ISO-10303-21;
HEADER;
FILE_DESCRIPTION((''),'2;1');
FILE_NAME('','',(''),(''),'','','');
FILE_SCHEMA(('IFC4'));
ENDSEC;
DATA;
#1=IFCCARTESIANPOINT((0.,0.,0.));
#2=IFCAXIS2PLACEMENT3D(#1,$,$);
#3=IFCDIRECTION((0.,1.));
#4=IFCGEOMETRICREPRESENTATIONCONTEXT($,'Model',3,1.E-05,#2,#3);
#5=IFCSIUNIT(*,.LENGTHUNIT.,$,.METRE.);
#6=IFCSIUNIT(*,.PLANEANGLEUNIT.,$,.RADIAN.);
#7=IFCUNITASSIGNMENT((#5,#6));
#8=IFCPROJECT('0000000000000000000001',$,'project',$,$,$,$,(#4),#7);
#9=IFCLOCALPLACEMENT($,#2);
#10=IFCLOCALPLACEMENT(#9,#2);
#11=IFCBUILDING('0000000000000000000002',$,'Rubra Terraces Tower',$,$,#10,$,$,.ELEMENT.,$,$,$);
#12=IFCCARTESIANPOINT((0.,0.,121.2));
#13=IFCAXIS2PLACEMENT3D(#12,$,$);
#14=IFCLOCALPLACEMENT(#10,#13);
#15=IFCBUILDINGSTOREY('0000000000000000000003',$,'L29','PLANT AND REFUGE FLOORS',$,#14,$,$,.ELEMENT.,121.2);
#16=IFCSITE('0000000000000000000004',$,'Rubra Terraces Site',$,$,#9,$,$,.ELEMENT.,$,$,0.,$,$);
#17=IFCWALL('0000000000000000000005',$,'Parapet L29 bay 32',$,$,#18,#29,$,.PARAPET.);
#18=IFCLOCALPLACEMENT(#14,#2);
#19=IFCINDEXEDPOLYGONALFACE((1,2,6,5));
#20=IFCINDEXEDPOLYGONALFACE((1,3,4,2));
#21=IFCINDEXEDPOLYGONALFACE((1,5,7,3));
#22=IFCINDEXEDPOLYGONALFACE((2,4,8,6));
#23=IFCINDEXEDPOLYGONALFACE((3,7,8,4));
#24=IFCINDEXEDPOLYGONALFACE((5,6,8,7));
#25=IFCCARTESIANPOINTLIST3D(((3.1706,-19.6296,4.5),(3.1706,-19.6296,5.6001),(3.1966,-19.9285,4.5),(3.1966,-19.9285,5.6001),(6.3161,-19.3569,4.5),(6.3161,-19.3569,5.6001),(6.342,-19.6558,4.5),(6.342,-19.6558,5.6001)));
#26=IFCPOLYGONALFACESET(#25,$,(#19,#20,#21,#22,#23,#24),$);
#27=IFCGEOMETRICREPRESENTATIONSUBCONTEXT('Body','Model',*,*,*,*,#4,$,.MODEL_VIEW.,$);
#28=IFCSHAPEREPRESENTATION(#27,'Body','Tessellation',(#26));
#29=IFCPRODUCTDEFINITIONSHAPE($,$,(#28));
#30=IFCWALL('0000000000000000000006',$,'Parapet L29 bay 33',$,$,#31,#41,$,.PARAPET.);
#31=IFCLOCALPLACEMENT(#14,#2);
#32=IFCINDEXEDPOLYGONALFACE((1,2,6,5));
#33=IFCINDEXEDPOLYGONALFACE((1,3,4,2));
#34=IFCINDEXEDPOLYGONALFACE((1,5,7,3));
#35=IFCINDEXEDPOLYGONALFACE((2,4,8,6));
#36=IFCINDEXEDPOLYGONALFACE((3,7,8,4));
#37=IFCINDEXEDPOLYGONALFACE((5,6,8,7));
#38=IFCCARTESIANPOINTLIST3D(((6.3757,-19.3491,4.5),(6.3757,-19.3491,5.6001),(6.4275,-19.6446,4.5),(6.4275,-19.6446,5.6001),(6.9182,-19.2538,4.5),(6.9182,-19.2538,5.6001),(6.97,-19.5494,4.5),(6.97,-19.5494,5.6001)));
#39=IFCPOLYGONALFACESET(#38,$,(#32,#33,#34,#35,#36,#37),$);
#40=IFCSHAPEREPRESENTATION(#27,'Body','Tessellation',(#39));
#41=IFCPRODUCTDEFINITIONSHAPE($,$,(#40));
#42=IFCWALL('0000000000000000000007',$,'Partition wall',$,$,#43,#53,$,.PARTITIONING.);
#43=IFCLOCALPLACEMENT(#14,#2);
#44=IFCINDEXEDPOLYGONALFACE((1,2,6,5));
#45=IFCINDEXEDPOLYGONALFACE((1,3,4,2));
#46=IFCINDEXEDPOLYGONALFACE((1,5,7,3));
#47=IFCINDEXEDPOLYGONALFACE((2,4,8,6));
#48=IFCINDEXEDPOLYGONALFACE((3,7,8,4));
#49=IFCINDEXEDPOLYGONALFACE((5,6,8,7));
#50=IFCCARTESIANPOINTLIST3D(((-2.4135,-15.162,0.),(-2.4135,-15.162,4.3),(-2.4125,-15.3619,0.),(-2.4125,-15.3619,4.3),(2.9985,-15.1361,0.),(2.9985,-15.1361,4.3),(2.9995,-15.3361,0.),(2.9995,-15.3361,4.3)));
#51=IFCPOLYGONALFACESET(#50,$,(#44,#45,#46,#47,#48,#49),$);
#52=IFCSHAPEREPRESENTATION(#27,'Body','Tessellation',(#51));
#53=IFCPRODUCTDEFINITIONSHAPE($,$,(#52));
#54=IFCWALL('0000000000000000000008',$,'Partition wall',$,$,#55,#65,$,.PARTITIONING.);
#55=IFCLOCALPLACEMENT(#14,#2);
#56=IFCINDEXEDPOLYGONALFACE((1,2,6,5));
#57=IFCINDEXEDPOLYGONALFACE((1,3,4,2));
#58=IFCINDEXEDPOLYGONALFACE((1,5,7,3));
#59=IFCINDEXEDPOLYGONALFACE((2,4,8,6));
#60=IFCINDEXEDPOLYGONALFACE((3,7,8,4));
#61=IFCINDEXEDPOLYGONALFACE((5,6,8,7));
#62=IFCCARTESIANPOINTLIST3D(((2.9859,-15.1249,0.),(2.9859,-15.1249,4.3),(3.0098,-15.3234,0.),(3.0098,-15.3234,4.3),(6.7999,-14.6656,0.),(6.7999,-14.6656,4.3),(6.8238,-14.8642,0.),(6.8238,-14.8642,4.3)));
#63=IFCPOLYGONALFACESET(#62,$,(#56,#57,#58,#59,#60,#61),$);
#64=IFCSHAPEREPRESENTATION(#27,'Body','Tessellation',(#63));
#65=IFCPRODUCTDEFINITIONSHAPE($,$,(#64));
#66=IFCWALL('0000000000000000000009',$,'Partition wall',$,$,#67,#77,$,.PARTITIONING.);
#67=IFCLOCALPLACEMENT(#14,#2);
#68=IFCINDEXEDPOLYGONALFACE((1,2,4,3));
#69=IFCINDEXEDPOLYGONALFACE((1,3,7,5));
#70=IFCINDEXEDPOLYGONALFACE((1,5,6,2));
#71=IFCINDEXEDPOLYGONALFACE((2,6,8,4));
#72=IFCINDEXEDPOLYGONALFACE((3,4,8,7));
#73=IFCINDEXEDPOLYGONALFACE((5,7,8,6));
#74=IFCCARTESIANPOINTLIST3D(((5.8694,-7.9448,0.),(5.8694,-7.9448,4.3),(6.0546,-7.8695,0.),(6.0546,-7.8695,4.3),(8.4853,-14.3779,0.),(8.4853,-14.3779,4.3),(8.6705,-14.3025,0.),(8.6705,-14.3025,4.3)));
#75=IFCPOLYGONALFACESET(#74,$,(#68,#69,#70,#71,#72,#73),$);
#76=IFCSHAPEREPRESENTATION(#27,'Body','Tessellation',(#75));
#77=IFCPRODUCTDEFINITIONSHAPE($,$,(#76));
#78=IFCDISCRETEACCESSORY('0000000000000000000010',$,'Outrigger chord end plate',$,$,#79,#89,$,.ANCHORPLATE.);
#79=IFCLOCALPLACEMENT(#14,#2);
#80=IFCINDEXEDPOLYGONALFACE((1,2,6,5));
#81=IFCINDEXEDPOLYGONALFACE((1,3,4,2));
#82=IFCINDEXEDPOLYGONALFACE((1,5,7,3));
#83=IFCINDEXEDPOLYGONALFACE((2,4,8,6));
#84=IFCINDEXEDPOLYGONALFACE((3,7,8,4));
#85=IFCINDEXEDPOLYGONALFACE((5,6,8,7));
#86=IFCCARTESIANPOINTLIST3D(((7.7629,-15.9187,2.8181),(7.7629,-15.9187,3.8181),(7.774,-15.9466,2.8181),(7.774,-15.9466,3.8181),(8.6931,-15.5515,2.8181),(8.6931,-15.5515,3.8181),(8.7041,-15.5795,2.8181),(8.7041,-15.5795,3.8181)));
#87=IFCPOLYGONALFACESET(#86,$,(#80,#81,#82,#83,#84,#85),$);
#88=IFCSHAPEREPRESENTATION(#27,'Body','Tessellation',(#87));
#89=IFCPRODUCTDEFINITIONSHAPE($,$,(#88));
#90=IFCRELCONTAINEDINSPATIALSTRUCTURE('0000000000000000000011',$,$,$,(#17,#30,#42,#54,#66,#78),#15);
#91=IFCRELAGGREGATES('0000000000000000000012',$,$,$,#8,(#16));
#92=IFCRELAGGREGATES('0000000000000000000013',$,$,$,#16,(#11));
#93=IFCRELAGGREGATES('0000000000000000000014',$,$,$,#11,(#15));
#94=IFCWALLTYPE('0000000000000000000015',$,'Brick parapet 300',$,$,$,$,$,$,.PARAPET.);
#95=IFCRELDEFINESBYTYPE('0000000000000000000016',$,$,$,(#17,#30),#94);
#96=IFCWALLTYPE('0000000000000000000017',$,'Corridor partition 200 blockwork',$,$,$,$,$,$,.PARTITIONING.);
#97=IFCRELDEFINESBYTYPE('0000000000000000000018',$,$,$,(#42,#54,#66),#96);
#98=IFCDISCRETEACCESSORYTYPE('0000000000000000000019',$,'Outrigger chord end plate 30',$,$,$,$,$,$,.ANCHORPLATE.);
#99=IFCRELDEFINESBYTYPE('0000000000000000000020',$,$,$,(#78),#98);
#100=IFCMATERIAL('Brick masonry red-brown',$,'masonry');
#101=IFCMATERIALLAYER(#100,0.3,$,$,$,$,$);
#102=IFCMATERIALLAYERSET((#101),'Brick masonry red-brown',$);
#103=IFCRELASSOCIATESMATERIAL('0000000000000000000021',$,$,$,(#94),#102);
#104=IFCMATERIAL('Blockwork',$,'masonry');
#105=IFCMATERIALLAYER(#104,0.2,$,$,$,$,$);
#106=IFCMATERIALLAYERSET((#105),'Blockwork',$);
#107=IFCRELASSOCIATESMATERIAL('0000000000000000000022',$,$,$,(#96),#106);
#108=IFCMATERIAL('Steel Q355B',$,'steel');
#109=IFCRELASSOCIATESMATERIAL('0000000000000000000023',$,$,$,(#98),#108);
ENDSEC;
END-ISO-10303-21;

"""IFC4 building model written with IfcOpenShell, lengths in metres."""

from ifc_helpers import new_model, si_unit, direction, frame, frame_2d, origin, origin_2d, place, context, subcontext, project, spatial, rectangle, extrude, material, layer, layer_set, material_profile, profile_set, type_object, element, save


model = new_model("IFC4")

# Units and contexts
model_context = context("Model", 3, precision=1e-05, world=origin(), true_north=direction((0.0, 1.0)))
body_context = subcontext(model_context, "Body", "Model", "MODEL_VIEW")
ifc_project = project(units=[si_unit("LENGTHUNIT", "METRE"), si_unit("PLANEANGLEUNIT", "RADIAN")], contexts=[model_context])

# Site, building, storey
site_placement = place(None, origin())
site = spatial("IfcSite", under=ifc_project, at=site_placement, Name="Rubra Terraces Site", CompositionType="ELEMENT", RefElevation=0.0)
building_placement = place(site_placement, origin())
building = spatial("IfcBuilding", under=site, at=building_placement, Name="Rubra Terraces Tower", CompositionType="ELEMENT")
storey_placement = place(building_placement, frame((0.0, 0.0, 121.2)))
storey = spatial("IfcBuildingStorey", under=building, at=storey_placement, Name="L29", Description="PLANT AND REFUGE FLOORS", CompositionType="ELEMENT", Elevation=121.2)

# Shared definitions
ifc_material_1 = material(Name="Steel Q355B", Category="steel")

# Shared definitions
ifc_material_2 = material(Name="Brick masonry red-brown", Category="masonry")

# Walls
ifc_layer_1 = layer(ifc_material_2, 0.3)
ifc_layer_set_1 = layer_set([ifc_layer_1], Name="Brick masonry red-brown")
wall_type_1 = type_object("IfcWallType", Name="Brick parapet 300", PredefinedType="PARAPET", material=ifc_layer_set_1)
wall_1_placement = place(storey_placement, frame((3.1836, -19.7791, 4.5), z_axis=(0.0, 0.0, 1.0), x_axis=(0.996263, 0.086373, 0.0)))
element("IfcWall", 1, at=wall_1_placement, inside=storey, type_object=wall_type_1, Name="Parapet L29 bay 32", PredefinedType="PARAPET", context=body_context, shape_type="SweptSolid", body=[
    extrude(rectangle(XDim=3.1572, YDim=0.3, at=frame_2d((1.5786, 0.0))), origin(), (0.0, 0.0, 1.0), 1.1001),
])
wall_2_placement = place(storey_placement, frame((6.4016, -19.4968, 4.5), z_axis=(0.0, 0.0, 1.0), x_axis=(0.984944, 0.172875, 0.0)))
element("IfcWall", 2, at=wall_2_placement, inside=storey, type_object=wall_type_1, Name="Parapet L29 bay 33", PredefinedType="PARAPET", context=body_context, shape_type="SweptSolid", body=[
    extrude(rectangle(XDim=0.5508, YDim=0.3, at=frame_2d((0.2754, 0.0))), origin(), (0.0, 0.0, 1.0), 1.1001),
])
ifc_material_3 = material(Name="Blockwork", Category="masonry")
ifc_layer_2 = layer(ifc_material_3, 0.2)
ifc_layer_set_2 = layer_set([ifc_layer_2], Name="Blockwork")
wall_type_2 = type_object("IfcWallType", Name="Corridor partition 200 blockwork", PredefinedType="PARTITIONING", material=ifc_layer_set_2)
wall_3_placement = place(storey_placement, frame((2.999, -15.2361, 0.0), z_axis=(0.0, 0.0, 1.0), x_axis=(-0.999989, -0.004782, 0.0)))
element("IfcWall", 3, at=wall_3_placement, inside=storey, type_object=wall_type_2, Name="Partition wall", PredefinedType="PARTITIONING", context=body_context, shape_type="SweptSolid", body=[
    extrude(rectangle(XDim=5.4121, YDim=0.2, at=frame_2d((2.7061, 0.0))), origin(), (0.0, 0.0, 1.0), 4.3),
])
wall_4_placement = place(storey_placement, frame((6.812, -14.7649, 0.0), z_axis=(0.0, 0.0, 1.0), x_axis=(-0.992829, -0.119544, 0.0)))
element("IfcWall", 4, at=wall_4_placement, inside=storey, type_object=wall_type_2, Name="Partition wall", PredefinedType="PARTITIONING", context=body_context, shape_type="SweptSolid", body=[
    extrude(rectangle(XDim=3.8416, YDim=0.2, at=frame_2d((1.9209, 0.0))), origin(), (0.0, 0.0, 1.0), 4.3),
])
wall_5_placement = place(storey_placement, frame((8.5779, -14.3401, 0.0), z_axis=(0.0, 0.0, 1.0), x_axis=(-0.376688, 0.92634, 0.0)))
element("IfcWall", 5, at=wall_5_placement, inside=storey, type_object=wall_type_2, Name="Partition wall", PredefinedType="PARTITIONING", context=body_context, shape_type="SweptSolid", body=[
    extrude(rectangle(XDim=6.9446, YDim=0.2, at=frame_2d((3.4722, 0.0))), origin(), (0.0, 0.0, 1.0), 4.3),
])

# Discrete accessory
ifc_material_profile_1 = material_profile(ifc_material_1, rectangle(XDim=1.0, YDim=1.0, at=origin_2d()), Name="PL 1000x1000x30")
ifc_profile_set_1 = profile_set([ifc_material_profile_1], Name="Steel Q355B")
discrete_accessory_type = type_object("IfcDiscreteAccessoryType", Name="Outrigger chord end plate 30", PredefinedType="ANCHORPLATE", material=ifc_profile_set_1)
discrete_accessory_placement = place(storey_placement, frame((8.228, -15.7351, 3.3181), z_axis=(0.367167, -0.930155, 0.0), x_axis=(0.930155, 0.367167, 0.0)))
element("IfcDiscreteAccessory", 6, at=discrete_accessory_placement, inside=storey, type_object=discrete_accessory_type, Name="Outrigger chord end plate", PredefinedType="ANCHORPLATE", context=body_context, shape_type="SweptSolid", body=[
    extrude(rectangle(XDim=1.0, YDim=1.0, at=origin_2d()), origin(), (0.0, 0.0, 1.0), 0.03),
])

save(model, "model.ifc")
